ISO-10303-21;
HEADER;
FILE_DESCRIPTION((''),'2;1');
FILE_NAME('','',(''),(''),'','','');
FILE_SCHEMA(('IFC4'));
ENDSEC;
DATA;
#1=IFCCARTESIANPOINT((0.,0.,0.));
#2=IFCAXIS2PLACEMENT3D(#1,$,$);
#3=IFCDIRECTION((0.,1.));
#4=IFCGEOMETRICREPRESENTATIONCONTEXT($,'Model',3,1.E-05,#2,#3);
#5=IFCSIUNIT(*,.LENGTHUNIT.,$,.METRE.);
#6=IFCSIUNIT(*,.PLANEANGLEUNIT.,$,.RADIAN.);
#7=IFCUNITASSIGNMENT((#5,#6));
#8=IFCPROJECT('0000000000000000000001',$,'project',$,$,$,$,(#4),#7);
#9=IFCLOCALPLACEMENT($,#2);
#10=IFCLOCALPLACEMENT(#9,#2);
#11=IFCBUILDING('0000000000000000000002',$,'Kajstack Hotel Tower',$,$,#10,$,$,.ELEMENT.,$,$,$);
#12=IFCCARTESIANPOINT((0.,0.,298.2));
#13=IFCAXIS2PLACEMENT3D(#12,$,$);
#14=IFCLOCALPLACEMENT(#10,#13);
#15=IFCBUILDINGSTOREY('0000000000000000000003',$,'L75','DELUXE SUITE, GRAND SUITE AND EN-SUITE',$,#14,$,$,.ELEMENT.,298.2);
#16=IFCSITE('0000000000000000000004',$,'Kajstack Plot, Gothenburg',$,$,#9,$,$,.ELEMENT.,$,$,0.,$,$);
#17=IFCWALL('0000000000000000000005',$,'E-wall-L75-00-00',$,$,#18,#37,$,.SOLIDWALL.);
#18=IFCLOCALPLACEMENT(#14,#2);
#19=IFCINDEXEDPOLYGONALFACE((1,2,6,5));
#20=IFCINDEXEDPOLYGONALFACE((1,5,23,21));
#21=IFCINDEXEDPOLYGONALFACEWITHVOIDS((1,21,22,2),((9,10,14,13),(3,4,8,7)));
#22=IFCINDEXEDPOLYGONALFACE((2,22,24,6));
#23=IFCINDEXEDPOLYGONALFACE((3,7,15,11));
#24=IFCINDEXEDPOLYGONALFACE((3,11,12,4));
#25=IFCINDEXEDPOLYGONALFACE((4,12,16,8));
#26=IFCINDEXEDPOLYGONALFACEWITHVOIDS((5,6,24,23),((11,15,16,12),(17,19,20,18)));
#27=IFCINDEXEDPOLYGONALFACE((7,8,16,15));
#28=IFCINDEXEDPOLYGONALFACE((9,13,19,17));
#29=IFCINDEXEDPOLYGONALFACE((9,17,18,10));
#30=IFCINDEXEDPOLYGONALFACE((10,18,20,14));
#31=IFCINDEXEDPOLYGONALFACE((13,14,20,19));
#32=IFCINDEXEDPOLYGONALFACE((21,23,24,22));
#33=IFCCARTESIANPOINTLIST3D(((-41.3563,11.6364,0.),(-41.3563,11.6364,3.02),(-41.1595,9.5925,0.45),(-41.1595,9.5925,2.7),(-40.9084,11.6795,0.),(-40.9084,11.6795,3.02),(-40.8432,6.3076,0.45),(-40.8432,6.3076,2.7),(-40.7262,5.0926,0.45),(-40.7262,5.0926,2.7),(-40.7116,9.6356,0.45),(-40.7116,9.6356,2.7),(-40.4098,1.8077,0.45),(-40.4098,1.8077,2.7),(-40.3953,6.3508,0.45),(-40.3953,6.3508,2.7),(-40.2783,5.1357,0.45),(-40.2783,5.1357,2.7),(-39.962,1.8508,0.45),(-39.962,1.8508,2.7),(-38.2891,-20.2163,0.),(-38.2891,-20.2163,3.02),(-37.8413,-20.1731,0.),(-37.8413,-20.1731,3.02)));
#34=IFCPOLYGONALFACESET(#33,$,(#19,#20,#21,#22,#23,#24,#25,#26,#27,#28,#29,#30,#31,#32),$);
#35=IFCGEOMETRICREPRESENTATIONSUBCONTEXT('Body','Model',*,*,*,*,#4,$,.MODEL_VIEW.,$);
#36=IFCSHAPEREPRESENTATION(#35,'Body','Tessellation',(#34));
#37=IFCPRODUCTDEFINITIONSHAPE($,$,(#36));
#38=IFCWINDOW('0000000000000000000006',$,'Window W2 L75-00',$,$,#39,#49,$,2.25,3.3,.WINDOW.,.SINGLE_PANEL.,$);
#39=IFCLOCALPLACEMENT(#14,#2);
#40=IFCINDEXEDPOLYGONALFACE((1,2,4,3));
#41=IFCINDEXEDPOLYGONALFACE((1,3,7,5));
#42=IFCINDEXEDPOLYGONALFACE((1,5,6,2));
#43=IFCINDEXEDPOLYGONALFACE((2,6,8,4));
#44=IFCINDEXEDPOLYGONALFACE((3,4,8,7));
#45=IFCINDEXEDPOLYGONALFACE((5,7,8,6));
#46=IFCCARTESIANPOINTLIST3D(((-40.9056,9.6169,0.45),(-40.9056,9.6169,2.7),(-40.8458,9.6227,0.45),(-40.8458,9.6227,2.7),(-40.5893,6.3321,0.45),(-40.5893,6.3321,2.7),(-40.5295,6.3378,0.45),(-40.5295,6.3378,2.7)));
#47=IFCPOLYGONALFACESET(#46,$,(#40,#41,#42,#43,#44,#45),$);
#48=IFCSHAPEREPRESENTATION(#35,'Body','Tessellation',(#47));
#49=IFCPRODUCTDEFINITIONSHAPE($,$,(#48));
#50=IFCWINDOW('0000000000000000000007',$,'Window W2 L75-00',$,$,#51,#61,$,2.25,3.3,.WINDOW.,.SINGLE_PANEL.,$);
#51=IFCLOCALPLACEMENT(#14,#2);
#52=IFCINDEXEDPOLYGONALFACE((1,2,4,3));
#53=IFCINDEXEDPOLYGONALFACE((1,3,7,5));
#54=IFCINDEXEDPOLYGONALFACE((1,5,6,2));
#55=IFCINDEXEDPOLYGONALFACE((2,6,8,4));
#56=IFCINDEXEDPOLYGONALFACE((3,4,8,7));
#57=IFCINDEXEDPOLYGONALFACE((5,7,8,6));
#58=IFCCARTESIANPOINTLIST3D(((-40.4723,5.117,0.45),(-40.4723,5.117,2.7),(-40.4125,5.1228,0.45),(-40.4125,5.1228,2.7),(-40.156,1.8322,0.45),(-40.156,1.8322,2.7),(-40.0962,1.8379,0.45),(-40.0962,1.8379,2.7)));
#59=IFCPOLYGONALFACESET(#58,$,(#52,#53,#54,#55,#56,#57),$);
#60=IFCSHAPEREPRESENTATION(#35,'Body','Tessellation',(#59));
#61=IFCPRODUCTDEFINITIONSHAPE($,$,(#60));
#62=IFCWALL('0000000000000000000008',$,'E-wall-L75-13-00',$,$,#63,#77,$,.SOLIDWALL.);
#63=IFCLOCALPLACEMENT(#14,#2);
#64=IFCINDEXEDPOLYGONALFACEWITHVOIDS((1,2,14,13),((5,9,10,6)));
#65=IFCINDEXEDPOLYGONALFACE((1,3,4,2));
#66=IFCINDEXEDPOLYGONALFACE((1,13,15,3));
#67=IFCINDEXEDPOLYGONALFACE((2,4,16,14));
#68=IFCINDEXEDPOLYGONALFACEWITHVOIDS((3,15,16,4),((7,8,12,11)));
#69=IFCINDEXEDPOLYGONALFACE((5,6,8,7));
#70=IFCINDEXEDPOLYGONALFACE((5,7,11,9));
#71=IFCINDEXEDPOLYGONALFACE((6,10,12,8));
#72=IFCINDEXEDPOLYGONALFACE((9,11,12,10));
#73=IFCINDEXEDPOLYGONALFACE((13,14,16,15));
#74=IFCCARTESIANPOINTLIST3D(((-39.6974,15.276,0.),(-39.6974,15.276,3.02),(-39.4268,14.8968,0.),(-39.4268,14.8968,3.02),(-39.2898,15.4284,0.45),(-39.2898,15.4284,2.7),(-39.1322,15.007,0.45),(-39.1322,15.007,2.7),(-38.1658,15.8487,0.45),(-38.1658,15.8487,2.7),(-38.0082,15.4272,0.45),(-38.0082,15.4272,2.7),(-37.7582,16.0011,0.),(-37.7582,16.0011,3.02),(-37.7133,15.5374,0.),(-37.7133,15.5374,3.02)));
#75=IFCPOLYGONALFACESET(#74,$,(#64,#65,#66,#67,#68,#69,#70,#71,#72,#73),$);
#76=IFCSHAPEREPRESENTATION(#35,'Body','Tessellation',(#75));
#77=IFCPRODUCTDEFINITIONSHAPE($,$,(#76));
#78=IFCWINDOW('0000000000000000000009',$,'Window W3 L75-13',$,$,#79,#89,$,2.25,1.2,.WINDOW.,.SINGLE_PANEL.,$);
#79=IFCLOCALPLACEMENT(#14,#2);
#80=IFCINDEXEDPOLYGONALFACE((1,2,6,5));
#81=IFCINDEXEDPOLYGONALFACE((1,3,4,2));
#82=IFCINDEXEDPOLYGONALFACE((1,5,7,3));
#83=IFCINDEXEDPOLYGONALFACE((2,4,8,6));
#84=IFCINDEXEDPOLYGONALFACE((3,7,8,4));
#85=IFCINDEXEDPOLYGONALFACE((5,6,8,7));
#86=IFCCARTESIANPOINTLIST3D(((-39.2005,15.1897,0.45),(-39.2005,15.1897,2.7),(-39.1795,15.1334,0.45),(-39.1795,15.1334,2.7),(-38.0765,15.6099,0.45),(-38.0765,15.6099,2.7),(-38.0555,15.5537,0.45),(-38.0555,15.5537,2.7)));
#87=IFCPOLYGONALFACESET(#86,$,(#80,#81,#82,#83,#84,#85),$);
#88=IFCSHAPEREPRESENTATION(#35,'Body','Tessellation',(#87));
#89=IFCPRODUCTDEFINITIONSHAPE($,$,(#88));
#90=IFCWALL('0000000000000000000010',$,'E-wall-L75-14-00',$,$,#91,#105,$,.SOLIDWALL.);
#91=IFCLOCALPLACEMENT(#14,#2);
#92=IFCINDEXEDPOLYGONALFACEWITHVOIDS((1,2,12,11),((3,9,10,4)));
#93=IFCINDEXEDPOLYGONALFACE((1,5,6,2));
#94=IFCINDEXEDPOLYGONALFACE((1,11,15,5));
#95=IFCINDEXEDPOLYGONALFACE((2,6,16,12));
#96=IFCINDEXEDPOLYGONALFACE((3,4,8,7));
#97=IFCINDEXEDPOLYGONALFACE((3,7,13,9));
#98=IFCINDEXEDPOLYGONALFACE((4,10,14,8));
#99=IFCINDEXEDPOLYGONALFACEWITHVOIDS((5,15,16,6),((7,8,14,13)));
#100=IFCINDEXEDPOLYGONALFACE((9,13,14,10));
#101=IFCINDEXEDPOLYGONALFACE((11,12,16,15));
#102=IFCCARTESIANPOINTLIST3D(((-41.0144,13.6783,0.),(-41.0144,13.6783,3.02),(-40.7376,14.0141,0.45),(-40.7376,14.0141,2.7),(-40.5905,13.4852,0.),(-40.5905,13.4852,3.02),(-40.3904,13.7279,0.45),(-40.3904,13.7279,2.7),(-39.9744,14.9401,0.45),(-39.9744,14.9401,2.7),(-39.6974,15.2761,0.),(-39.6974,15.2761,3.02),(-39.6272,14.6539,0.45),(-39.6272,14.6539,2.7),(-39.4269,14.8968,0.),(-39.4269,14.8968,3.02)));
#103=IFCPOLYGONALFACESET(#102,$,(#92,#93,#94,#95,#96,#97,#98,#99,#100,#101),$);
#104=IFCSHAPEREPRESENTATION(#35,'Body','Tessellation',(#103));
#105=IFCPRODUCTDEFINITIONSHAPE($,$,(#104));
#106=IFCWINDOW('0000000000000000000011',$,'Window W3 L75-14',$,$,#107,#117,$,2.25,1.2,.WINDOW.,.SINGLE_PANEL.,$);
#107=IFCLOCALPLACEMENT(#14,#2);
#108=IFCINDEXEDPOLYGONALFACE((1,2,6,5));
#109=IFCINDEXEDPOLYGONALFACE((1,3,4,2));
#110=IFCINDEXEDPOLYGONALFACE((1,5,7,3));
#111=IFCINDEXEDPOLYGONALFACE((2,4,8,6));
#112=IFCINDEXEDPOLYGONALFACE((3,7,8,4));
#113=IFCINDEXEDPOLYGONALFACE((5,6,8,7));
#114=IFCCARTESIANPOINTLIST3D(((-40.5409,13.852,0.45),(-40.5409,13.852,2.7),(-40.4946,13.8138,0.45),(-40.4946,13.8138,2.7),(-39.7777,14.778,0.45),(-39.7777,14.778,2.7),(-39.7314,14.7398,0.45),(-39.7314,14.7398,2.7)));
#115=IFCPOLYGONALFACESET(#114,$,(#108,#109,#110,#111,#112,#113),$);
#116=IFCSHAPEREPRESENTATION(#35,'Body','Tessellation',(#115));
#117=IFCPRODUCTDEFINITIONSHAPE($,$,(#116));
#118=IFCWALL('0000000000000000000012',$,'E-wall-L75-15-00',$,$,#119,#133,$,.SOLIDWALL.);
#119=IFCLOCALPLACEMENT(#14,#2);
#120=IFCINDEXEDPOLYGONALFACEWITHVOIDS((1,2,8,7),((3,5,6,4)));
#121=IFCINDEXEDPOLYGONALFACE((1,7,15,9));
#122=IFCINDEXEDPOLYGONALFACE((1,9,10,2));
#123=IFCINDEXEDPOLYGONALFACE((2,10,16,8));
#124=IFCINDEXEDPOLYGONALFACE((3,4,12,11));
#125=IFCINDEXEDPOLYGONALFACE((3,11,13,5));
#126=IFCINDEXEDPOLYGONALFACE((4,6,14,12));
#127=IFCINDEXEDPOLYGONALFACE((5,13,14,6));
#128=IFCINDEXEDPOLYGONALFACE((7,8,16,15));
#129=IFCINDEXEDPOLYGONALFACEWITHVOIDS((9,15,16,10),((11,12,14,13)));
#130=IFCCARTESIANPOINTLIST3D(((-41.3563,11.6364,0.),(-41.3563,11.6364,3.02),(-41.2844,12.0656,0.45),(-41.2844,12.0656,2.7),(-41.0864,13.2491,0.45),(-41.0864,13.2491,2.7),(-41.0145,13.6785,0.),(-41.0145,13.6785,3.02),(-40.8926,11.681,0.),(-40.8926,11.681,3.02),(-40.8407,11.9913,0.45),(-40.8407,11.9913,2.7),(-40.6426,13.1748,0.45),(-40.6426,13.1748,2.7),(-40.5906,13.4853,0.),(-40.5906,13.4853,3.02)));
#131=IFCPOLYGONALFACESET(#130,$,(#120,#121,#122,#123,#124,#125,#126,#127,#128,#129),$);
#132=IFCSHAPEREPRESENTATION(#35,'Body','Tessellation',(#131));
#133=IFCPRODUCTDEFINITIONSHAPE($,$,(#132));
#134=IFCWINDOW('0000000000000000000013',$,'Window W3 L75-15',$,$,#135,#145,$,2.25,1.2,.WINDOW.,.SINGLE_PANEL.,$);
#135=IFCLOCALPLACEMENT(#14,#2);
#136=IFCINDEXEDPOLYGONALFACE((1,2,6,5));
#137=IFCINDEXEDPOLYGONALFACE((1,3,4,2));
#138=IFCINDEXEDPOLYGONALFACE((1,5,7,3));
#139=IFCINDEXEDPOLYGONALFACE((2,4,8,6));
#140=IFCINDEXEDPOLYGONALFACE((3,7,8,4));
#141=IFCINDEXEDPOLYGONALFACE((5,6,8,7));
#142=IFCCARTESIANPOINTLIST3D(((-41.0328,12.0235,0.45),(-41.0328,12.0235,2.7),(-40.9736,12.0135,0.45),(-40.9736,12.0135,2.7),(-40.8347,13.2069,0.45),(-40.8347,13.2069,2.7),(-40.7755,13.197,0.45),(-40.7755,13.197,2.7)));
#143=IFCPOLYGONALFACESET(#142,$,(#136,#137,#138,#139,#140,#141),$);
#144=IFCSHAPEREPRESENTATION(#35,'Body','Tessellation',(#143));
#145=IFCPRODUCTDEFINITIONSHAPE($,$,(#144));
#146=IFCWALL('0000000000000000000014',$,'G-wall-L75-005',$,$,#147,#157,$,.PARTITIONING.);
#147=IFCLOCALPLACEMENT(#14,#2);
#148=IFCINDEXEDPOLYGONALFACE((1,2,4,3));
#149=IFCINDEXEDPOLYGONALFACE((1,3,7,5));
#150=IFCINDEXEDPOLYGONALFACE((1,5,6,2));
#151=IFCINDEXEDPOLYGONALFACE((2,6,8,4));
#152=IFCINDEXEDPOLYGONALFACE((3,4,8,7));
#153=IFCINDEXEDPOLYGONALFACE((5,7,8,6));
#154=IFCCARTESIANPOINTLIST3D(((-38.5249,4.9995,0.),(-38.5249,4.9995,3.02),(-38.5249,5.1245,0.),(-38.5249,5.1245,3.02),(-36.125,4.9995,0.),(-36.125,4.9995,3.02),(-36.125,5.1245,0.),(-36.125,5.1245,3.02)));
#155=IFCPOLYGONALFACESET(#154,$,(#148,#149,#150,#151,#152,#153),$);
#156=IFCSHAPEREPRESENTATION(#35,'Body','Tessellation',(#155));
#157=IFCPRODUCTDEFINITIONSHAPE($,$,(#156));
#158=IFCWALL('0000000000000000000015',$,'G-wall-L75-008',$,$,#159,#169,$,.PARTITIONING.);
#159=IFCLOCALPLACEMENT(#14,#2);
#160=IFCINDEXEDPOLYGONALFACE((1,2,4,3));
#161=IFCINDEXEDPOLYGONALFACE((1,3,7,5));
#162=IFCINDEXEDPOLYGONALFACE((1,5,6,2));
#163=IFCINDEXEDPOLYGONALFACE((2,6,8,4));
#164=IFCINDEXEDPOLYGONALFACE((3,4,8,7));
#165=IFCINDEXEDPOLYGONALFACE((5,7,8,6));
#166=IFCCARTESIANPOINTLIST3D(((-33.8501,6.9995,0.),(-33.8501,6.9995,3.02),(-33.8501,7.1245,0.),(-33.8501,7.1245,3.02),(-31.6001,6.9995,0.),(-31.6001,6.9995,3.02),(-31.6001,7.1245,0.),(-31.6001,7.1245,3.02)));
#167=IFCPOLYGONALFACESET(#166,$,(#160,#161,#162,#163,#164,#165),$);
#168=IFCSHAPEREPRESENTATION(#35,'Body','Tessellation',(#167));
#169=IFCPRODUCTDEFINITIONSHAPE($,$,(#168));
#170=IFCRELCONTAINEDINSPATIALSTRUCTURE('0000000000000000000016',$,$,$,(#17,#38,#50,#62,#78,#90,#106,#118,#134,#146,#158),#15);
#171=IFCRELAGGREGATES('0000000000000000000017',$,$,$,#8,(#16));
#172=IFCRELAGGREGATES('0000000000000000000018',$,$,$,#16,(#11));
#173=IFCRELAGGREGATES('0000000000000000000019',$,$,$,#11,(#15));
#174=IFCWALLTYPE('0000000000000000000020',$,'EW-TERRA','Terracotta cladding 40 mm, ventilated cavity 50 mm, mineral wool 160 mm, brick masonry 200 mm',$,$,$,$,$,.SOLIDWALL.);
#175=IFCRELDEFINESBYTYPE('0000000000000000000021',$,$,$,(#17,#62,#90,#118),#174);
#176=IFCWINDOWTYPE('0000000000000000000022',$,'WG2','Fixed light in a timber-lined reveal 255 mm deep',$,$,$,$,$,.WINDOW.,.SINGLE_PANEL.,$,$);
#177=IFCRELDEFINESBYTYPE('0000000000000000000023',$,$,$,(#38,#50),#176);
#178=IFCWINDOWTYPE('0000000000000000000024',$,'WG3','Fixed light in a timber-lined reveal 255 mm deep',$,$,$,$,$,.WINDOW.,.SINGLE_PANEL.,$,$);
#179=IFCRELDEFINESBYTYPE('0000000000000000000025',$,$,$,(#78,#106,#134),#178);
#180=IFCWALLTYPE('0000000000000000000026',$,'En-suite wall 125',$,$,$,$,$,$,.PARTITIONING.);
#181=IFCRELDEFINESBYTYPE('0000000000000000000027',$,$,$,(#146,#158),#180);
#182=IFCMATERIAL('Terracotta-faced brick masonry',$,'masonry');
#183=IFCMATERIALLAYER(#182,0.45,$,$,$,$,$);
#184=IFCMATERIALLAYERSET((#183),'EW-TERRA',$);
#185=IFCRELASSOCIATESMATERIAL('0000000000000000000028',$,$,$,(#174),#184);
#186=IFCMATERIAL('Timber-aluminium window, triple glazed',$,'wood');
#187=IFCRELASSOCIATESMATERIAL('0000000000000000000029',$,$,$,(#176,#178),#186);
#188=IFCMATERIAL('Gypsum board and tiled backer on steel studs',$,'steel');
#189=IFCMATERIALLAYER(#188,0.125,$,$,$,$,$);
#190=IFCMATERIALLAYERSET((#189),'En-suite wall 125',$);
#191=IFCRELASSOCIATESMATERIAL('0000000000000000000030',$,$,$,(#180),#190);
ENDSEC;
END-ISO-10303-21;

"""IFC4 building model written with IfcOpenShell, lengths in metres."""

from ifc_helpers import new_model, si_unit, direction, frame, frame_2d, origin, place, context, subcontext, project, spatial, polyline, rectangle, outline, extrude, material, layer, layer_set, type_object, element, fill, save


model = new_model("IFC4")

# Units and contexts
model_context = context("Model", 3, precision=1e-05, world=origin(), true_north=direction((0.0, 1.0)))
body_context = subcontext(model_context, "Body", "Model", "MODEL_VIEW")
ifc_project = project(units=[si_unit("LENGTHUNIT", "METRE"), si_unit("PLANEANGLEUNIT", "RADIAN")], contexts=[model_context])

# Site, building, storey
site_placement = place(None, origin())
site = spatial("IfcSite", under=ifc_project, at=site_placement, Name="Kajstack Plot, Gothenburg", CompositionType="ELEMENT", RefElevation=0.0)
building_placement = place(site_placement, origin())
building = spatial("IfcBuilding", under=site, at=building_placement, Name="Kajstack Hotel Tower", CompositionType="ELEMENT")
storey_placement = place(building_placement, frame((0.0, 0.0, 298.2)))
storey = spatial("IfcBuildingStorey", under=building, at=storey_placement, Name="L75", Description="DELUXE SUITE, GRAND SUITE AND EN-SUITE", CompositionType="ELEMENT", Elevation=298.2)

# Wall, openings, windows
ifc_material_1 = material(Name="Terracotta-faced brick masonry", Category="masonry")
ifc_layer_1 = layer(ifc_material_1, 0.45)
ifc_layer_set_1 = layer_set([ifc_layer_1], Name="EW-TERRA")
wall_type_1 = type_object("IfcWallType", Name="EW-TERRA", Description="Terracotta cladding 40 mm, ventilated cavity 50 mm, mineral wool 160 mm, brick masonry 200 mm", PredefinedType="SOLIDWALL", material=ifc_layer_set_1)
wall_1_placement = place(storey_placement, frame((-41.1323, 11.658, 0.0), z_axis=(0.0, 0.0, 1.0), x_axis=(0.095848, -0.995396, 0.0)))
wall_1 = element("IfcWall", 1, at=wall_1_placement, inside=storey, type_object=wall_type_1, Name="E-wall-L75-00-00", PredefinedType="SOLIDWALL", context=body_context, shape_type="SweptSolid", body=[
    extrude(rectangle(XDim=32.0, YDim=0.45, at=frame_2d((16.0, 0.0))), origin(), (0.0, 0.0, 1.0), 3.02),
])
opening_1_placement = place(wall_1_placement, frame((2.0535, 0.0, 0.45)))
opening_1 = element("IfcOpeningElement", 2, at=opening_1_placement, cuts=wall_1, PredefinedType="OPENING", context=body_context, shape_type="SweptSolid", body=[
    extrude(rectangle(XDim=3.3, YDim=2.25, at=frame_2d((1.6499, 1.125))), frame((0.0, 0.2349, 0.0), z_axis=(0.0, -1.0, 0.0), x_axis=(1.0, 0.0, 0.0)), (0.0, 0.0, 1.0), 0.47),
])
opening_2_placement = place(wall_1_placement, frame((6.5742, 0.0, 0.45)))
opening_2 = element("IfcOpeningElement", 3, at=opening_2_placement, cuts=wall_1, PredefinedType="OPENING", context=body_context, shape_type="SweptSolid", body=[
    extrude(rectangle(XDim=3.3, YDim=2.25, at=frame_2d((1.6499, 1.125))), frame((0.0, 0.2349, 0.0), z_axis=(0.0, -1.0, 0.0), x_axis=(1.0, 0.0, 0.0)), (0.0, 0.0, 1.0), 0.47),
])
ifc_material_2 = material(Name="Timber-aluminium window, triple glazed", Category="wood")
window_type_1 = type_object("IfcWindowType", Name="WG2", Description="Fixed light in a timber-lined reveal 255 mm deep", PartitioningType="SINGLE_PANEL", PredefinedType="WINDOW", material=ifc_material_2)
window_1_placement = place(opening_1_placement, origin())
window_1 = element("IfcWindow", 4, at=window_1_placement, inside=storey, type_object=window_type_1, Name="Window W2 L75-00", OverallHeight=2.25, OverallWidth=3.3, PartitioningType="SINGLE_PANEL", PredefinedType="WINDOW", context=body_context, shape_type="SweptSolid", body=[
    extrude(rectangle(XDim=3.3, YDim=2.25, at=frame_2d((1.6499, 1.125))), frame((0.0, 0.0901, 0.0), z_axis=(0.0, -1.0, 0.0), x_axis=(1.0, 0.0, 0.0)), (0.0, 0.0, 1.0), 0.0601),
])
fill(opening_1, window_1)
window_2_placement = place(opening_2_placement, origin())
window_2 = element("IfcWindow", 5, at=window_2_placement, inside=storey, type_object=window_type_1, Name="Window W2 L75-00", OverallHeight=2.25, OverallWidth=3.3, PartitioningType="SINGLE_PANEL", PredefinedType="WINDOW", context=body_context, shape_type="SweptSolid", body=[
    extrude(rectangle(XDim=3.3, YDim=2.25, at=frame_2d((1.6499, 1.125))), frame((0.0, 0.0901, 0.0), z_axis=(0.0, -1.0, 0.0), x_axis=(1.0, 0.0, 0.0)), (0.0, 0.0, 1.0), 0.0601),
])
fill(opening_2, window_2)

# Walls, openings, windows
wall_2_placement = place(storey_placement, frame((-37.6792, 15.7905, 0.0), z_axis=(0.0, 0.0, 1.0), x_axis=(-0.936678, -0.350193, 0.0)))
wall_2 = element("IfcWall", 6, at=wall_2_placement, inside=storey, type_object=wall_type_1, Name="E-wall-L75-13-00", PredefinedType="SOLIDWALL", context=body_context, shape_type="SweptSolid", body=[
    extrude(outline(polyline([(0.0002, -0.2249), (2.0706, -0.2249), (1.95, 0.2251), (0.1206, 0.2251), (0.0002, -0.2249)])), origin(), (0.0, 0.0, 1.0), 3.02),
])
opening_3_placement = place(wall_2_placement, frame((0.4353, 0.0, 0.45)))
opening_3 = element("IfcOpeningElement", 7, at=opening_3_placement, cuts=wall_2, PredefinedType="OPENING", context=body_context, shape_type="SweptSolid", body=[
    extrude(rectangle(XDim=1.2, YDim=2.25, at=frame_2d((0.6001, 1.125))), frame((0.0, 0.2349, 0.0), z_axis=(0.0, -1.0, 0.0), x_axis=(1.0, 0.0, 0.0)), (0.0, 0.0, 1.0), 0.47),
])
window_type_2 = type_object("IfcWindowType", Name="WG3", Description="Fixed light in a timber-lined reveal 255 mm deep", PartitioningType="SINGLE_PANEL", PredefinedType="WINDOW", material=ifc_material_2)
window_3_placement = place(opening_3_placement, origin())
window_3 = element("IfcWindow", 8, at=window_3_placement, inside=storey, type_object=window_type_2, Name="Window W3 L75-13", OverallHeight=2.25, OverallWidth=1.2, PartitioningType="SINGLE_PANEL", PredefinedType="WINDOW", context=body_context, shape_type="SweptSolid", body=[
    extrude(rectangle(XDim=1.2, YDim=2.25, at=frame_2d((0.6001, 1.125))), frame((0.0, 0.0901, 0.0), z_axis=(0.0, -1.0, 0.0), x_axis=(1.0, 0.0, 0.0)), (0.0, 0.0, 1.0), 0.0601),
])
fill(opening_3, window_3)
wall_3_placement = place(storey_placement, frame((-39.5239, 15.1331, 0.0), z_axis=(0.0, 0.0, 1.0), x_axis=(-0.636046, -0.771651, 0.0)))
wall_3 = element("IfcWall", 9, at=wall_3_placement, inside=storey, type_object=wall_type_1, Name="E-wall-L75-14-00", PredefinedType="SOLIDWALL", context=body_context, shape_type="SweptSolid", body=[
    extrude(outline(polyline([(0.0, -0.2249), (2.0706, -0.2249), (1.95, 0.2251), (0.1206, 0.2251), (0.0, -0.2249)])), origin(), (0.0, 0.0, 1.0), 3.02),
])
opening_4_placement = place(wall_3_placement, frame((0.4353, 0.0, 0.45)))
opening_4 = element("IfcOpeningElement", 10, at=opening_4_placement, cuts=wall_3, PredefinedType="OPENING", context=body_context, shape_type="SweptSolid", body=[
    extrude(rectangle(XDim=1.2, YDim=2.25, at=frame_2d((0.6001, 1.125))), frame((0.0, 0.2349, 0.0), z_axis=(0.0, -1.0, 0.0), x_axis=(1.0, 0.0, 0.0)), (0.0, 0.0, 1.0), 0.47),
])
window_4_placement = place(opening_4_placement, origin())
window_4 = element("IfcWindow", 11, at=window_4_placement, inside=storey, type_object=window_type_2, Name="Window W3 L75-14", OverallHeight=2.25, OverallWidth=1.2, PartitioningType="SINGLE_PANEL", PredefinedType="WINDOW", context=body_context, shape_type="SweptSolid", body=[
    extrude(rectangle(XDim=1.2, YDim=2.25, at=frame_2d((0.6001, 1.125))), frame((0.0, 0.0901, 0.0), z_axis=(0.0, -1.0, 0.0), x_axis=(1.0, 0.0, 0.0)), (0.0, 0.0, 1.0), 0.0601),
])
fill(opening_4, window_4)
wall_4_placement = place(storey_placement, frame((-40.7925, 13.6414, 0.0), z_axis=(0.0, 0.0, 1.0), x_axis=(-0.165068, -0.986282, 0.0)))
wall_4 = element("IfcWall", 12, at=wall_4_placement, inside=storey, type_object=wall_type_1, Name="E-wall-L75-15-00", PredefinedType="SOLIDWALL", context=body_context, shape_type="SweptSolid", body=[
    extrude(outline(polyline([(0.0, -0.2251), (2.0706, -0.2251), (1.95, 0.2249), (0.1206, 0.2249), (0.0, -0.2251)])), origin(), (0.0, 0.0, 1.0), 3.02),
])
opening_5_placement = place(wall_4_placement, frame((0.4353, 0.0, 0.45)))
opening_5 = element("IfcOpeningElement", 13, at=opening_5_placement, cuts=wall_4, PredefinedType="OPENING", context=body_context, shape_type="SweptSolid", body=[
    extrude(rectangle(XDim=1.2, YDim=2.25, at=frame_2d((0.6001, 1.125))), frame((0.0, 0.2349, 0.0), z_axis=(0.0, -1.0, 0.0), x_axis=(1.0, 0.0, 0.0)), (0.0, 0.0, 1.0), 0.47),
])
window_5_placement = place(opening_5_placement, origin())
window_5 = element("IfcWindow", 14, at=window_5_placement, inside=storey, type_object=window_type_2, Name="Window W3 L75-15", OverallHeight=2.25, OverallWidth=1.2, PartitioningType="SINGLE_PANEL", PredefinedType="WINDOW", context=body_context, shape_type="SweptSolid", body=[
    extrude(rectangle(XDim=1.2, YDim=2.25, at=frame_2d((0.6001, 1.125))), frame((0.0, 0.0901, 0.0), z_axis=(0.0, -1.0, 0.0), x_axis=(1.0, 0.0, 0.0)), (0.0, 0.0, 1.0), 0.0601),
])
fill(opening_5, window_5)

# Walls
ifc_material_3 = material(Name="Gypsum board and tiled backer on steel studs", Category="steel")
ifc_layer_2 = layer(ifc_material_3, 0.125)
ifc_layer_set_2 = layer_set([ifc_layer_2], Name="En-suite wall 125")
wall_type_2 = type_object("IfcWallType", Name="En-suite wall 125", PredefinedType="PARTITIONING", material=ifc_layer_set_2)
wall_5_placement = place(storey_placement, frame((-38.5249, 5.062, 0.0), z_axis=(0.0, 0.0, 1.0), x_axis=(1.0, 0.0, 0.0)))
element("IfcWall", 15, at=wall_5_placement, inside=storey, type_object=wall_type_2, Name="G-wall-L75-005", PredefinedType="PARTITIONING", context=body_context, shape_type="SweptSolid", body=[
    extrude(rectangle(XDim=2.3999, YDim=0.125, at=frame_2d((1.2, 0.0))), origin(), (0.0, 0.0, 1.0), 3.02),
])
for number, where, z_axis, x_axis, name in (
    (16, (-33.8501, 7.062, 0.0), (0.0, 0.0, 1.0), (1.0, 0.0, 0.0), "G-wall-L75-008"),
):
    element("IfcWall", number, at=place(storey_placement, frame(where, z_axis=z_axis, x_axis=x_axis)), inside=storey, type_object=wall_type_2, Name=name, PredefinedType="PARTITIONING", context=body_context, shape_type="SweptSolid", body=[
        extrude(rectangle(XDim=2.25, YDim=0.125, at=frame_2d((1.125, 0.0))), origin(), (0.0, 0.0, 1.0), 3.02),
    ])

save(model, "model.ifc")
